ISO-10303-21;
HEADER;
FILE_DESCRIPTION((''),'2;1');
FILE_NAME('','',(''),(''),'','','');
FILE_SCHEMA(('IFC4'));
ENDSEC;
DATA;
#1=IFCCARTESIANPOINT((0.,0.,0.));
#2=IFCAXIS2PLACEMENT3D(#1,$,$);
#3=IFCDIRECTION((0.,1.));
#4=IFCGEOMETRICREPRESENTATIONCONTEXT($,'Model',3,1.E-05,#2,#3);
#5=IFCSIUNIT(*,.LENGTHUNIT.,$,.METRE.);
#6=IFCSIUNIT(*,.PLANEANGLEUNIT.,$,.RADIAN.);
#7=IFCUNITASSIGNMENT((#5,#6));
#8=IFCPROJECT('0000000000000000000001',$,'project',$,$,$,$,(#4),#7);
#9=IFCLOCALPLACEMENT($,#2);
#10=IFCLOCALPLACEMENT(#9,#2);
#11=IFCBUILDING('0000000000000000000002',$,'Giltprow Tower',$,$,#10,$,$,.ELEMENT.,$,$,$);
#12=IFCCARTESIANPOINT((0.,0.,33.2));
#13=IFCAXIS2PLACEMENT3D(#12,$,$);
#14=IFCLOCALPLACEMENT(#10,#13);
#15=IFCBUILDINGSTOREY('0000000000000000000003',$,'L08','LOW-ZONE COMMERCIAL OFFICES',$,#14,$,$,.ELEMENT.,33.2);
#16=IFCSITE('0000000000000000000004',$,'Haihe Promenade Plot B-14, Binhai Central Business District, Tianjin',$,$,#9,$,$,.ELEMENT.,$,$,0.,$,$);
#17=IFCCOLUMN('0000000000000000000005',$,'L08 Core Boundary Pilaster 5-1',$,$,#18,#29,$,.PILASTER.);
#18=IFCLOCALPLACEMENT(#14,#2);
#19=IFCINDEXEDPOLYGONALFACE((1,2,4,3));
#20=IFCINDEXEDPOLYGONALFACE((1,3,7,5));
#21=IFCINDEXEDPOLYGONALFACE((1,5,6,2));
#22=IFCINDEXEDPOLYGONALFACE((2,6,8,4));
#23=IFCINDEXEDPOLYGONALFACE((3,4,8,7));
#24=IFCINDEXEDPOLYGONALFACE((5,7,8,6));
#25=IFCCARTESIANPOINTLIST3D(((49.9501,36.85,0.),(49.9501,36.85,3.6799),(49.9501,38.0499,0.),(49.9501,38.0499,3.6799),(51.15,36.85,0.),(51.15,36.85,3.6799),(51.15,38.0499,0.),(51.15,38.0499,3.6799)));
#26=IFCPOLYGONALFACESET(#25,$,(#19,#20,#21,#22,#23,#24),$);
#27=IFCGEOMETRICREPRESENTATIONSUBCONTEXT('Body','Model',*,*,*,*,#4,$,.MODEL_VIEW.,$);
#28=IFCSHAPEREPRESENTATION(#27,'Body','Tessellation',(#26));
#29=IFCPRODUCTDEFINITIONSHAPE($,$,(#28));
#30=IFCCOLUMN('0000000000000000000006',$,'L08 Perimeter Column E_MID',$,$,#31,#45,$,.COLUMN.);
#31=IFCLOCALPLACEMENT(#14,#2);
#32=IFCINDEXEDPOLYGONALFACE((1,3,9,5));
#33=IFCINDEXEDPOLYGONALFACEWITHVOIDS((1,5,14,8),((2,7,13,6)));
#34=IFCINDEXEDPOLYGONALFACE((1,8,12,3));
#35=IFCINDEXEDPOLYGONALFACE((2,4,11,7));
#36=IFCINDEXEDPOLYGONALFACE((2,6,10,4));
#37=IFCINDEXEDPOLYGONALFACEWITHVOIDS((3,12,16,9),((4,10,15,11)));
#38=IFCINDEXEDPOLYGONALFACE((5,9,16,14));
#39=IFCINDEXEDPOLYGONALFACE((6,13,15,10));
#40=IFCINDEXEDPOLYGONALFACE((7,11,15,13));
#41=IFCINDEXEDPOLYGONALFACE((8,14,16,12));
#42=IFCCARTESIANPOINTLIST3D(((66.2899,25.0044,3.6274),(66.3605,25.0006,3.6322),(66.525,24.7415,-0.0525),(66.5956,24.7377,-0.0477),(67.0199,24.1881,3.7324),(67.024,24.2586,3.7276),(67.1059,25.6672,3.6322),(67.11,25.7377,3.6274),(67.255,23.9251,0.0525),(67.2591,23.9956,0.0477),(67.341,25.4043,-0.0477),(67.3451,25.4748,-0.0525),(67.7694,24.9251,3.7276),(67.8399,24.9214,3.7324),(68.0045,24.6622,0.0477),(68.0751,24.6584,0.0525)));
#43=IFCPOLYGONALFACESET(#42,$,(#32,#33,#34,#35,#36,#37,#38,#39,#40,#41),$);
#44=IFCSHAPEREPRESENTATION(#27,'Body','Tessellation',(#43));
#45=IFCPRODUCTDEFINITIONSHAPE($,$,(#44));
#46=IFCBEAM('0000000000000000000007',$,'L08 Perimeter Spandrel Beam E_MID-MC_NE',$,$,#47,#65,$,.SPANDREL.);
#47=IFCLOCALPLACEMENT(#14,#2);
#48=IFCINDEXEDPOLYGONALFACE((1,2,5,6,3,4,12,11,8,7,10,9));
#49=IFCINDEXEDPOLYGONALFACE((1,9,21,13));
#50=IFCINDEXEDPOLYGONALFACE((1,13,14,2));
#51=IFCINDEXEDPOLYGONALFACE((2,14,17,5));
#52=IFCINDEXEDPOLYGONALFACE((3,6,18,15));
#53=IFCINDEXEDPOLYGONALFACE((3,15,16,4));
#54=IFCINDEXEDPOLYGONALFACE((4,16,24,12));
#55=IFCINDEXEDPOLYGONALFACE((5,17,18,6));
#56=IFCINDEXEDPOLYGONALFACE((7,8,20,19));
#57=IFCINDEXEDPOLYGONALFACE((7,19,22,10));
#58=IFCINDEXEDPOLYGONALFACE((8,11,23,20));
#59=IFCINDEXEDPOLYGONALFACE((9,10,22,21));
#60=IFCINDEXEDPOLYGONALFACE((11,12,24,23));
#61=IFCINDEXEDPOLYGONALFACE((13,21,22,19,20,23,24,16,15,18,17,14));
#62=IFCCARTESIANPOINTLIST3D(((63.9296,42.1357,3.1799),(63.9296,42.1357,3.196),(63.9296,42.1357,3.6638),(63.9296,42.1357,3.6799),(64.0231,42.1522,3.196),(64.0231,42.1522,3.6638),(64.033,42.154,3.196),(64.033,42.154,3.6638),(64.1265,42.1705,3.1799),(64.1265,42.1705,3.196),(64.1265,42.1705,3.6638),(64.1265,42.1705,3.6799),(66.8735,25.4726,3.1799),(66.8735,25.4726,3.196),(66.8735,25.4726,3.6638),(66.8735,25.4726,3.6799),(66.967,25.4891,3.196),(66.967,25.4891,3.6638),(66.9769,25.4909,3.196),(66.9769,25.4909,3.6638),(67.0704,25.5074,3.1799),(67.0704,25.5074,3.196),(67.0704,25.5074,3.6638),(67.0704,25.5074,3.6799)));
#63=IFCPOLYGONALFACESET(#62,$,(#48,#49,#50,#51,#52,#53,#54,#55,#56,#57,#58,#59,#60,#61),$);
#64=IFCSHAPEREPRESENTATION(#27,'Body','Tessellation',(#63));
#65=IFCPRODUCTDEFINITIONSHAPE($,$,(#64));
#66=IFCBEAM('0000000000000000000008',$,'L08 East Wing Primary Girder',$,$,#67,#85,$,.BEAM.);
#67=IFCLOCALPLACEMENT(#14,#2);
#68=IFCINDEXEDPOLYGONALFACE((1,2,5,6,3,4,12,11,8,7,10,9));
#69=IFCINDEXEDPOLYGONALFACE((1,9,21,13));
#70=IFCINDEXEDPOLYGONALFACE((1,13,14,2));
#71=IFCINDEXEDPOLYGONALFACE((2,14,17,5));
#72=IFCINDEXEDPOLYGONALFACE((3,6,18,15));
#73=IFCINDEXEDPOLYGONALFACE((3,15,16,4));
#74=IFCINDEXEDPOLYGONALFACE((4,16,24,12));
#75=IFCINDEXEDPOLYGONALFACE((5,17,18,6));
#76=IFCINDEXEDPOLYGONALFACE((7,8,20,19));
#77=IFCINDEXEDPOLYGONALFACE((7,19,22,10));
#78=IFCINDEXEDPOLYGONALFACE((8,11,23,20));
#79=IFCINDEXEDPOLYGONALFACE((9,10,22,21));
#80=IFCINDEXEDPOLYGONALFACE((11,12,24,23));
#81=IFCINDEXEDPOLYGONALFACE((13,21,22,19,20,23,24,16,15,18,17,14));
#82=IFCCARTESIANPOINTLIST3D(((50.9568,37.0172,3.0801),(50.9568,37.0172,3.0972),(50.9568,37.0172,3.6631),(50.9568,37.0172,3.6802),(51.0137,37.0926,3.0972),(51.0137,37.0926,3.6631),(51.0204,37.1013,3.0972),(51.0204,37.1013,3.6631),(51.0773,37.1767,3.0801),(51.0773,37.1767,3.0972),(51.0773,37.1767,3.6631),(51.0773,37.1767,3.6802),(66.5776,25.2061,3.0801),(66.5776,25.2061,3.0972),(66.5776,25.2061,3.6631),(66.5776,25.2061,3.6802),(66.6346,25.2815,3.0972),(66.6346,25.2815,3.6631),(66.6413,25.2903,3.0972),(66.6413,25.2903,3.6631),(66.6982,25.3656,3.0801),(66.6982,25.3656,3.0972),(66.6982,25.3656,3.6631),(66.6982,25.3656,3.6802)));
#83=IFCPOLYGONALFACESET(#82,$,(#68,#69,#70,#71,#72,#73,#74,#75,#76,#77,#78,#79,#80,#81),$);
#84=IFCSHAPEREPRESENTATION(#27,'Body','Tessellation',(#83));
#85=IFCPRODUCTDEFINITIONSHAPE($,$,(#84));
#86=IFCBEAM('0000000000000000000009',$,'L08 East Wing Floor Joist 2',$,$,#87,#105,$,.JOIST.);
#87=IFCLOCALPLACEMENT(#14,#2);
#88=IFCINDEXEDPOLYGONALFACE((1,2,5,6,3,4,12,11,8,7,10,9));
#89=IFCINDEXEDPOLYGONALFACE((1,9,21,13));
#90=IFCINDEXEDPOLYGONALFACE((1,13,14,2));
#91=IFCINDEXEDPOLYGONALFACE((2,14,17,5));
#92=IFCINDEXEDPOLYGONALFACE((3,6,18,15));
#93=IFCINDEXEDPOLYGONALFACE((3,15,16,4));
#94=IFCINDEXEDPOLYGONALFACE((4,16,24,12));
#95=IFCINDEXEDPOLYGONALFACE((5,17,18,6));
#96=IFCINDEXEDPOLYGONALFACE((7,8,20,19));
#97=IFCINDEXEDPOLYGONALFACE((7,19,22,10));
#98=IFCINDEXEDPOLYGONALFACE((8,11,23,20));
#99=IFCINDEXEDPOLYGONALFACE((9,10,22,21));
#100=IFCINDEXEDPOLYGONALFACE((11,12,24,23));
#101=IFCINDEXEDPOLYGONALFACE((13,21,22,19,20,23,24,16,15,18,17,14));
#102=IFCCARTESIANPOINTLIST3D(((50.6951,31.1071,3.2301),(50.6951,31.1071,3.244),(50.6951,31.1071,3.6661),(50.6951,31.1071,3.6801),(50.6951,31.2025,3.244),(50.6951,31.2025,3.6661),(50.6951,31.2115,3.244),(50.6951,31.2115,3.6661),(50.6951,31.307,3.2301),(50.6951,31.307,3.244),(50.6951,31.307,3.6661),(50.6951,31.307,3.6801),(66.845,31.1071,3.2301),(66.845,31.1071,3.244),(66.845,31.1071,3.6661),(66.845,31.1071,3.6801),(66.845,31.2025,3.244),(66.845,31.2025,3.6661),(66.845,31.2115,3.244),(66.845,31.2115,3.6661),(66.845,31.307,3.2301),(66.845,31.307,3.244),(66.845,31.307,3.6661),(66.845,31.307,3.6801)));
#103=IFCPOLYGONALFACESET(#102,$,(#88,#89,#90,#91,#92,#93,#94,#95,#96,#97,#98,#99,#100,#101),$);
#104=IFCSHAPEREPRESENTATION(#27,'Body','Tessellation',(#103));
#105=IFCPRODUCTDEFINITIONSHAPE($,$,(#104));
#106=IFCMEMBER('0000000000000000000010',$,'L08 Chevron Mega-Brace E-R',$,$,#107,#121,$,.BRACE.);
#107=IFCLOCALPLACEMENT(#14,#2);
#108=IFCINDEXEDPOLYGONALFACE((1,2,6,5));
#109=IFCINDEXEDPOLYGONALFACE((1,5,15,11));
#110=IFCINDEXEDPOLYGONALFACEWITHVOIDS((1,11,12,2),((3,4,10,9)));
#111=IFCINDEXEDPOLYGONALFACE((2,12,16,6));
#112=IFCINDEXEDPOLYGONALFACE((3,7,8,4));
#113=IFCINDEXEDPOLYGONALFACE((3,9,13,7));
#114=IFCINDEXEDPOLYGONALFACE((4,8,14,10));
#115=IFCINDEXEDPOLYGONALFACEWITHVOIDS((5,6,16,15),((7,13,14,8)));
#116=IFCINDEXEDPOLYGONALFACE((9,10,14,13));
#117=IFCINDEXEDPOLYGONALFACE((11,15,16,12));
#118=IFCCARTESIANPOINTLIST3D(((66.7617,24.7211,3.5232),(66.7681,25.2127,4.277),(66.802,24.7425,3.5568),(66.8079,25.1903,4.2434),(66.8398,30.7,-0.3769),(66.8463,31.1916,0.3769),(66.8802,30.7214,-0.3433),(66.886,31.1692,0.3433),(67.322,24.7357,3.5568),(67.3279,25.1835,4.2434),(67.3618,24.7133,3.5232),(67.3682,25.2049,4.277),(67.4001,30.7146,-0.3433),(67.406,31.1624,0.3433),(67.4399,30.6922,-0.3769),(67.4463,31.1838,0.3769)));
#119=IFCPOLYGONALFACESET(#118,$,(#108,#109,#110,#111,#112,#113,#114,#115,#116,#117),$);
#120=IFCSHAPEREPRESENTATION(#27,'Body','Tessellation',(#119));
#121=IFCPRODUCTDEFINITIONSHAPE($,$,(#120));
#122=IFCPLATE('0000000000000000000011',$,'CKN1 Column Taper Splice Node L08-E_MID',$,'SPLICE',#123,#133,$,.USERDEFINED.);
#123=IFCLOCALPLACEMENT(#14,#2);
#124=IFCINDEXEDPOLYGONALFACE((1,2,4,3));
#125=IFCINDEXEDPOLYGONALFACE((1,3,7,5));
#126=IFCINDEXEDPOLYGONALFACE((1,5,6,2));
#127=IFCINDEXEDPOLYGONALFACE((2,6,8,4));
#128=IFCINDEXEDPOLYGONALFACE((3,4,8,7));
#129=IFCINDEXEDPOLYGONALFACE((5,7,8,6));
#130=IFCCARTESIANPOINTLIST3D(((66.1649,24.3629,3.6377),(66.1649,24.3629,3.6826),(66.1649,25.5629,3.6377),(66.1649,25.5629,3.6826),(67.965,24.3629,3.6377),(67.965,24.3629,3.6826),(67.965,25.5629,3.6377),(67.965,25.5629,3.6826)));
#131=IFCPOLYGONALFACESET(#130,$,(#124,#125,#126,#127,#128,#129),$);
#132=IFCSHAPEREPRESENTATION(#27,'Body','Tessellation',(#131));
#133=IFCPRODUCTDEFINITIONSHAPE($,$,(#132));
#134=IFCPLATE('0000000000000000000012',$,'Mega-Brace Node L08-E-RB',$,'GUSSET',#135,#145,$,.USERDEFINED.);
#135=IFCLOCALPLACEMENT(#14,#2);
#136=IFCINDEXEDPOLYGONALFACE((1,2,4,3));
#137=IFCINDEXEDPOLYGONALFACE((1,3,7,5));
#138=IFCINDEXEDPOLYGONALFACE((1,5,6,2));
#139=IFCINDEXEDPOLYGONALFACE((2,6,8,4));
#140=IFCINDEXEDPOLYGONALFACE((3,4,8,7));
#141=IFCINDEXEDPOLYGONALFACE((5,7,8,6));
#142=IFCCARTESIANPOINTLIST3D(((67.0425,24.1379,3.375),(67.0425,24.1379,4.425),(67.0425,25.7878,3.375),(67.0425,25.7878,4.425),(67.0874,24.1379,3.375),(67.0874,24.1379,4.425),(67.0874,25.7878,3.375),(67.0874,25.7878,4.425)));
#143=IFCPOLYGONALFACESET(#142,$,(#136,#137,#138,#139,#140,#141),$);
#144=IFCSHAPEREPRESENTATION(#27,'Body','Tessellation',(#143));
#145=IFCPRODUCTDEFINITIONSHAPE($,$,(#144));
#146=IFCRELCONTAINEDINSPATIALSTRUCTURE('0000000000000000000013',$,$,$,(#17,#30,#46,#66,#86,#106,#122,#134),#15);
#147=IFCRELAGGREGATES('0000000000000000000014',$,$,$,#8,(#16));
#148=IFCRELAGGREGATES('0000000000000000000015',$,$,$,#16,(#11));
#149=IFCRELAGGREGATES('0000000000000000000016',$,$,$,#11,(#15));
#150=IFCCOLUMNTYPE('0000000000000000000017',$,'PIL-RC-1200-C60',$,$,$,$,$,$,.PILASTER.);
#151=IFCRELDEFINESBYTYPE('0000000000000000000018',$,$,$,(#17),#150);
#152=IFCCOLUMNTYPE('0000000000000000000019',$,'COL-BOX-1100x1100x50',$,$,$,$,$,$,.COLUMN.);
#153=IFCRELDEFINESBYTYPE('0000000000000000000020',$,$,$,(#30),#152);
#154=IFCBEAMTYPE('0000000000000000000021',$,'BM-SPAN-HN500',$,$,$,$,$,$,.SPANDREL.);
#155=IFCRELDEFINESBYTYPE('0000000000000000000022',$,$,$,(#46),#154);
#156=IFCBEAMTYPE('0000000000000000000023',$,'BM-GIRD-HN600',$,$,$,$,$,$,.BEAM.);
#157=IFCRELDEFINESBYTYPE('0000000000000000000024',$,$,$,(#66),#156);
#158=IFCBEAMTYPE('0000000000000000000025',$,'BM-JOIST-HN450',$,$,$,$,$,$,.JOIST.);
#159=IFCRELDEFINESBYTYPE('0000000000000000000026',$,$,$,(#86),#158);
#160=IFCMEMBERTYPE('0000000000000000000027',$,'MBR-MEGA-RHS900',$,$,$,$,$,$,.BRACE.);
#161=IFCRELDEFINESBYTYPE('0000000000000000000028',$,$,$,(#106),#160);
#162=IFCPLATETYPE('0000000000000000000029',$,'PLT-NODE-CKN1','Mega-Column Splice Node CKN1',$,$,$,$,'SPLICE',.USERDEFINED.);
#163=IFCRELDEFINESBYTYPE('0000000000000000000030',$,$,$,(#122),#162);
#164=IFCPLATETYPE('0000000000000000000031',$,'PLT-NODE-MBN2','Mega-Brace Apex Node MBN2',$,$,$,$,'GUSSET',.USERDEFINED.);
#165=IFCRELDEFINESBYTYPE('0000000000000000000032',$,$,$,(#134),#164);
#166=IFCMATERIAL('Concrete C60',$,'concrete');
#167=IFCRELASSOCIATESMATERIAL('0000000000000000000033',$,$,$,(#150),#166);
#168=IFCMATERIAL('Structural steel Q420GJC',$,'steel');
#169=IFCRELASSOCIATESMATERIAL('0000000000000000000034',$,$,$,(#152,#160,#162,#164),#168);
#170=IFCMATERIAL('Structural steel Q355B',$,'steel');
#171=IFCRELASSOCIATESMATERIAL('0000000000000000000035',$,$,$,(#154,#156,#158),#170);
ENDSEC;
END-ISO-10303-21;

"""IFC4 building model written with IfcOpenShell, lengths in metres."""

from ifc_helpers import new_model, si_unit, direction, frame, origin, origin_2d, place, context, subcontext, project, spatial, rectangle, hollow_rectangle, i_section, extrude, source, transform, mapped, material, material_profile, profile_set, type_object, element, save


model = new_model("IFC4")

# Units and contexts
model_context = context("Model", 3, precision=1e-05, world=origin(), true_north=direction((0.0, 1.0)))
body_context = subcontext(model_context, "Body", "Model", "MODEL_VIEW")
ifc_project = project(units=[si_unit("LENGTHUNIT", "METRE"), si_unit("PLANEANGLEUNIT", "RADIAN")], contexts=[model_context])

# Site, building, storey
site_placement = place(None, origin())
site = spatial("IfcSite", under=ifc_project, at=site_placement, Name="Haihe Promenade Plot B-14, Binhai Central Business District, Tianjin", CompositionType="ELEMENT", RefElevation=0.0)
building_placement = place(site_placement, origin())
building = spatial("IfcBuilding", under=site, at=building_placement, Name="Giltprow Tower", CompositionType="ELEMENT")
storey_placement = place(building_placement, frame((0.0, 0.0, 33.2)))
storey = spatial("IfcBuildingStorey", under=building, at=storey_placement, Name="L08", Description="LOW-ZONE COMMERCIAL OFFICES", CompositionType="ELEMENT", Elevation=33.2)

# Columns
ifc_material_1 = material(Name="Concrete C60", Category="concrete")
ifc_material_profile_1 = material_profile(ifc_material_1, rectangle(XDim=1.2, YDim=1.2, at=origin_2d()), Name="RC 1200x1200")
ifc_profile_set_1 = profile_set([ifc_material_profile_1], Name="Concrete C60")
column_type_1 = type_object("IfcColumnType", Name="PIL-RC-1200-C60", PredefinedType="PILASTER", material=ifc_profile_set_1)
shared_shape_1 = source(origin(), body_context, "Body", "SweptSolid", [
    extrude(rectangle(XDim=1.2, YDim=1.2, at=origin_2d()), origin(), (0.0, 0.0, 1.0), 3.6799),
])
column_1_placement = place(storey_placement, frame((50.55, 37.45, 0.0), z_axis=(0.0, 0.0, 1.0), x_axis=(1.0, 0.0, 0.0)))
element("IfcColumn", 1, at=column_1_placement, inside=storey, type_object=column_type_1, Name="L08 Core Boundary Pilaster 5-1", PredefinedType="PILASTER", context=body_context, shape_type="MappedRepresentation", body=[
    mapped(shared_shape_1, transform((0.0, 0.0, 0.0), x_axis=(1.0, 0.0, 0.0), y_axis=(0.0, 1.0, 0.0), z_axis=(0.0, 0.0, 1.0), scale=1.0)),
])
ifc_material_2 = material(Name="Structural steel Q420GJC", Category="steel")
ifc_material_profile_2 = material_profile(ifc_material_2, hollow_rectangle(XDim=1.1001, YDim=1.1001, WallThickness=0.05, at=origin_2d()), Name="BOX 1100x1100x50")
ifc_profile_set_2 = profile_set([ifc_material_profile_2], Name="Structural steel Q420GJC")
column_type_2 = type_object("IfcColumnType", Name="COL-BOX-1100x1100x50", PredefinedType="COLUMN", material=ifc_profile_set_2)
shared_shape_2 = source(origin(), body_context, "Body", "SweptSolid", [
    extrude(hollow_rectangle(XDim=1.1001, YDim=1.1001, WallThickness=0.05, at=origin_2d()), origin(), (0.0, 0.0, 1.0), 3.6968),
])
column_2_placement = place(storey_placement, frame((67.3, 24.7, 0.0), z_axis=(-0.063598, 0.071126, 0.995438), x_axis=(-0.745459, -0.666552, 0.0)))
element("IfcColumn", 2, at=column_2_placement, inside=storey, type_object=column_type_2, Name="L08 Perimeter Column E_MID", PredefinedType="COLUMN", context=body_context, shape_type="MappedRepresentation", body=[
    mapped(shared_shape_2, transform((0.0, 0.0, 0.0), x_axis=(1.0, 0.0, 0.0), y_axis=(0.0, 1.0, 0.0), z_axis=(0.0, 0.0, 1.0), scale=1.0)),
])

# Beams
ifc_material_3 = material(Name="Structural steel Q355B", Category="steel")
ifc_material_profile_3 = material_profile(ifc_material_3, i_section(OverallWidth=0.2, OverallDepth=0.5, WebThickness=0.01, FlangeThickness=0.0161, at=origin_2d()), Name="HN 500x200x10x16")
ifc_profile_set_3 = profile_set([ifc_material_profile_3], Name="Structural steel Q355B")
beam_type_1 = type_object("IfcBeamType", Name="BM-SPAN-HN500", PredefinedType="SPANDREL", material=ifc_profile_set_3)
shared_shape_3 = source(origin(), body_context, "Body", "SweptSolid", [
    extrude(i_section(OverallWidth=0.2, OverallDepth=0.5, WebThickness=0.01, FlangeThickness=0.0161, at=origin_2d()), origin(), (0.0, 0.0, 1.0), 16.9211),
])
beam_1_placement = place(storey_placement, frame((66.9719, 25.49, 3.4299), z_axis=(-0.173975, 0.98475, 0.0), x_axis=(-0.98475, -0.173975, 0.0)))
element("IfcBeam", 3, at=beam_1_placement, inside=storey, type_object=beam_type_1, Name="L08 Perimeter Spandrel Beam E_MID-MC_NE", PredefinedType="SPANDREL", context=body_context, shape_type="MappedRepresentation", body=[
    mapped(shared_shape_3, transform((0.0, 0.0, 0.0), x_axis=(1.0, 0.0, 0.0), y_axis=(0.0, 1.0, 0.0), z_axis=(0.0, 0.0, 1.0), scale=1.0)),
])
ifc_material_profile_4 = material_profile(ifc_material_3, i_section(OverallWidth=0.2, OverallDepth=0.6001, WebThickness=0.011, FlangeThickness=0.0171, at=origin_2d()), Name="HN 600x200x11x17")
ifc_profile_set_4 = profile_set([ifc_material_profile_4], Name="Structural steel Q355B")
beam_type_2 = type_object("IfcBeamType", Name="BM-GIRD-HN600", PredefinedType="BEAM", material=ifc_profile_set_4)
shared_shape_4 = source(origin(), body_context, "Body", "SweptSolid", [
    extrude(i_section(OverallWidth=0.2, OverallDepth=0.6001, WebThickness=0.011, FlangeThickness=0.0171, at=origin_2d()), origin(), (0.0, 0.0, 1.0), 19.5835),
])
beam_2_placement = place(storey_placement, frame((66.6379, 25.2859, 3.3801), z_axis=(-0.797656, 0.603113, 0.0), x_axis=(-0.603113, -0.797656, 0.0)))
element("IfcBeam", 4, at=beam_2_placement, inside=storey, type_object=beam_type_2, Name="L08 East Wing Primary Girder", PredefinedType="BEAM", context=body_context, shape_type="MappedRepresentation", body=[
    mapped(shared_shape_4, transform((0.0, 0.0, 0.0), x_axis=(1.0, 0.0, 0.0), y_axis=(0.0, 1.0, 0.0), z_axis=(0.0, 0.0, 1.0), scale=1.0)),
])
ifc_material_profile_5 = material_profile(ifc_material_3, i_section(OverallWidth=0.2, OverallDepth=0.45, WebThickness=0.009, FlangeThickness=0.0139, at=origin_2d()), Name="HN 450x200x9x14")
ifc_profile_set_5 = profile_set([ifc_material_profile_5], Name="Structural steel Q355B")
beam_type_3 = type_object("IfcBeamType", Name="BM-JOIST-HN450", PredefinedType="JOIST", material=ifc_profile_set_5)
shared_shape_5 = source(origin(), body_context, "Body", "SweptSolid", [
    extrude(i_section(OverallWidth=0.2, OverallDepth=0.45, WebThickness=0.009, FlangeThickness=0.0139, at=origin_2d()), origin(), (0.0, 0.0, 1.0), 16.1499),
])
beam_3_placement = place(storey_placement, frame((50.6951, 31.207, 3.4551), z_axis=(1.0, 0.0, 0.0), x_axis=(0.0, 1.0, 0.0)))
element("IfcBeam", 5, at=beam_3_placement, inside=storey, type_object=beam_type_3, Name="L08 East Wing Floor Joist 2", PredefinedType="JOIST", context=body_context, shape_type="MappedRepresentation", body=[
    mapped(shared_shape_5, transform((0.0, 0.0, 0.0), x_axis=(1.0, 0.0, 0.0), y_axis=(0.0, 1.0, 0.0), z_axis=(0.0, 0.0, 1.0), scale=1.0)),
])

# Member
ifc_material_profile_6 = material_profile(ifc_material_2, hollow_rectangle(XDim=0.6001, YDim=0.8999, WallThickness=0.04, at=origin_2d()), Name="RHS 900x600x40")
ifc_profile_set_6 = profile_set([ifc_material_profile_6], Name="Structural steel Q420GJC")
member_type = type_object("IfcMemberType", Name="MBR-MEGA-RHS900", PredefinedType="BRACE", material=ifc_profile_set_6)
shared_shape_6 = source(origin(), body_context, "Body", "SweptSolid", [
    extrude(hollow_rectangle(XDim=0.6001, YDim=0.8999, WallThickness=0.04, at=origin_2d()), origin(), (0.0, 0.0, 1.0), 7.1389),
])
member_placement = place(storey_placement, frame((67.1431, 30.9419, 0.0), z_axis=(-0.010943, -0.837509, 0.546313), x_axis=(0.999915, -0.013065, 0.0)))
element("IfcMember", 6, at=member_placement, inside=storey, type_object=member_type, Name="L08 Chevron Mega-Brace E-R", PredefinedType="BRACE", context=body_context, shape_type="MappedRepresentation", body=[
    mapped(shared_shape_6, transform((0.0, 0.0, 0.0), x_axis=(1.0, 0.0, 0.0), y_axis=(0.0, 1.0, 0.0), z_axis=(0.0, 0.0, 1.0), scale=1.0)),
])

# Plates
plate_type_1 = type_object("IfcPlateType", Name="PLT-NODE-CKN1", Description="Mega-Column Splice Node CKN1", ElementType="SPLICE", PredefinedType="USERDEFINED", material=ifc_material_2)
shared_shape_7 = source(origin(), body_context, "Body", "SweptSolid", [
    extrude(rectangle(XDim=1.8, YDim=1.2, at=origin_2d()), origin(), (0.0, 0.0, 1.0), 0.0449),
])
plate_1_placement = place(storey_placement, frame((67.0649, 24.9629, 3.6377), z_axis=(0.0, 0.0, 1.0), x_axis=(1.0, 0.0, 0.0)))
element("IfcPlate", 7, at=plate_1_placement, inside=storey, type_object=plate_type_1, Name="CKN1 Column Taper Splice Node L08-E_MID", ObjectType="SPLICE", PredefinedType="USERDEFINED", context=body_context, shape_type="MappedRepresentation", body=[
    mapped(shared_shape_7, transform((0.0, 0.0, 0.0), x_axis=(1.0, 0.0, 0.0), y_axis=(0.0, 1.0, 0.0), z_axis=(0.0, 0.0, 1.0), scale=1.0)),
])
plate_type_2 = type_object("IfcPlateType", Name="PLT-NODE-MBN2", Description="Mega-Brace Apex Node MBN2", ElementType="GUSSET", PredefinedType="USERDEFINED", material=ifc_material_2)
shared_shape_8 = source(origin(), body_context, "Body", "SweptSolid", [
    extrude(rectangle(XDim=1.6499, YDim=0.0449, at=origin_2d()), origin(), (0.0, 0.0, 1.0), 1.05),
])
plate_2_placement = place(storey_placement, frame((67.0649, 24.9629, 3.375), z_axis=(0.0, 0.0, 1.0), x_axis=(0.0, 1.0, 0.0)))
element("IfcPlate", 8, at=plate_2_placement, inside=storey, type_object=plate_type_2, Name="Mega-Brace Node L08-E-RB", ObjectType="GUSSET", PredefinedType="USERDEFINED", context=body_context, shape_type="MappedRepresentation", body=[
    mapped(shared_shape_8, transform((0.0, 0.0, 0.0), x_axis=(1.0, 0.0, 0.0), y_axis=(0.0, 1.0, 0.0), z_axis=(0.0, 0.0, 1.0), scale=1.0)),
])

save(model, "model.ifc")
